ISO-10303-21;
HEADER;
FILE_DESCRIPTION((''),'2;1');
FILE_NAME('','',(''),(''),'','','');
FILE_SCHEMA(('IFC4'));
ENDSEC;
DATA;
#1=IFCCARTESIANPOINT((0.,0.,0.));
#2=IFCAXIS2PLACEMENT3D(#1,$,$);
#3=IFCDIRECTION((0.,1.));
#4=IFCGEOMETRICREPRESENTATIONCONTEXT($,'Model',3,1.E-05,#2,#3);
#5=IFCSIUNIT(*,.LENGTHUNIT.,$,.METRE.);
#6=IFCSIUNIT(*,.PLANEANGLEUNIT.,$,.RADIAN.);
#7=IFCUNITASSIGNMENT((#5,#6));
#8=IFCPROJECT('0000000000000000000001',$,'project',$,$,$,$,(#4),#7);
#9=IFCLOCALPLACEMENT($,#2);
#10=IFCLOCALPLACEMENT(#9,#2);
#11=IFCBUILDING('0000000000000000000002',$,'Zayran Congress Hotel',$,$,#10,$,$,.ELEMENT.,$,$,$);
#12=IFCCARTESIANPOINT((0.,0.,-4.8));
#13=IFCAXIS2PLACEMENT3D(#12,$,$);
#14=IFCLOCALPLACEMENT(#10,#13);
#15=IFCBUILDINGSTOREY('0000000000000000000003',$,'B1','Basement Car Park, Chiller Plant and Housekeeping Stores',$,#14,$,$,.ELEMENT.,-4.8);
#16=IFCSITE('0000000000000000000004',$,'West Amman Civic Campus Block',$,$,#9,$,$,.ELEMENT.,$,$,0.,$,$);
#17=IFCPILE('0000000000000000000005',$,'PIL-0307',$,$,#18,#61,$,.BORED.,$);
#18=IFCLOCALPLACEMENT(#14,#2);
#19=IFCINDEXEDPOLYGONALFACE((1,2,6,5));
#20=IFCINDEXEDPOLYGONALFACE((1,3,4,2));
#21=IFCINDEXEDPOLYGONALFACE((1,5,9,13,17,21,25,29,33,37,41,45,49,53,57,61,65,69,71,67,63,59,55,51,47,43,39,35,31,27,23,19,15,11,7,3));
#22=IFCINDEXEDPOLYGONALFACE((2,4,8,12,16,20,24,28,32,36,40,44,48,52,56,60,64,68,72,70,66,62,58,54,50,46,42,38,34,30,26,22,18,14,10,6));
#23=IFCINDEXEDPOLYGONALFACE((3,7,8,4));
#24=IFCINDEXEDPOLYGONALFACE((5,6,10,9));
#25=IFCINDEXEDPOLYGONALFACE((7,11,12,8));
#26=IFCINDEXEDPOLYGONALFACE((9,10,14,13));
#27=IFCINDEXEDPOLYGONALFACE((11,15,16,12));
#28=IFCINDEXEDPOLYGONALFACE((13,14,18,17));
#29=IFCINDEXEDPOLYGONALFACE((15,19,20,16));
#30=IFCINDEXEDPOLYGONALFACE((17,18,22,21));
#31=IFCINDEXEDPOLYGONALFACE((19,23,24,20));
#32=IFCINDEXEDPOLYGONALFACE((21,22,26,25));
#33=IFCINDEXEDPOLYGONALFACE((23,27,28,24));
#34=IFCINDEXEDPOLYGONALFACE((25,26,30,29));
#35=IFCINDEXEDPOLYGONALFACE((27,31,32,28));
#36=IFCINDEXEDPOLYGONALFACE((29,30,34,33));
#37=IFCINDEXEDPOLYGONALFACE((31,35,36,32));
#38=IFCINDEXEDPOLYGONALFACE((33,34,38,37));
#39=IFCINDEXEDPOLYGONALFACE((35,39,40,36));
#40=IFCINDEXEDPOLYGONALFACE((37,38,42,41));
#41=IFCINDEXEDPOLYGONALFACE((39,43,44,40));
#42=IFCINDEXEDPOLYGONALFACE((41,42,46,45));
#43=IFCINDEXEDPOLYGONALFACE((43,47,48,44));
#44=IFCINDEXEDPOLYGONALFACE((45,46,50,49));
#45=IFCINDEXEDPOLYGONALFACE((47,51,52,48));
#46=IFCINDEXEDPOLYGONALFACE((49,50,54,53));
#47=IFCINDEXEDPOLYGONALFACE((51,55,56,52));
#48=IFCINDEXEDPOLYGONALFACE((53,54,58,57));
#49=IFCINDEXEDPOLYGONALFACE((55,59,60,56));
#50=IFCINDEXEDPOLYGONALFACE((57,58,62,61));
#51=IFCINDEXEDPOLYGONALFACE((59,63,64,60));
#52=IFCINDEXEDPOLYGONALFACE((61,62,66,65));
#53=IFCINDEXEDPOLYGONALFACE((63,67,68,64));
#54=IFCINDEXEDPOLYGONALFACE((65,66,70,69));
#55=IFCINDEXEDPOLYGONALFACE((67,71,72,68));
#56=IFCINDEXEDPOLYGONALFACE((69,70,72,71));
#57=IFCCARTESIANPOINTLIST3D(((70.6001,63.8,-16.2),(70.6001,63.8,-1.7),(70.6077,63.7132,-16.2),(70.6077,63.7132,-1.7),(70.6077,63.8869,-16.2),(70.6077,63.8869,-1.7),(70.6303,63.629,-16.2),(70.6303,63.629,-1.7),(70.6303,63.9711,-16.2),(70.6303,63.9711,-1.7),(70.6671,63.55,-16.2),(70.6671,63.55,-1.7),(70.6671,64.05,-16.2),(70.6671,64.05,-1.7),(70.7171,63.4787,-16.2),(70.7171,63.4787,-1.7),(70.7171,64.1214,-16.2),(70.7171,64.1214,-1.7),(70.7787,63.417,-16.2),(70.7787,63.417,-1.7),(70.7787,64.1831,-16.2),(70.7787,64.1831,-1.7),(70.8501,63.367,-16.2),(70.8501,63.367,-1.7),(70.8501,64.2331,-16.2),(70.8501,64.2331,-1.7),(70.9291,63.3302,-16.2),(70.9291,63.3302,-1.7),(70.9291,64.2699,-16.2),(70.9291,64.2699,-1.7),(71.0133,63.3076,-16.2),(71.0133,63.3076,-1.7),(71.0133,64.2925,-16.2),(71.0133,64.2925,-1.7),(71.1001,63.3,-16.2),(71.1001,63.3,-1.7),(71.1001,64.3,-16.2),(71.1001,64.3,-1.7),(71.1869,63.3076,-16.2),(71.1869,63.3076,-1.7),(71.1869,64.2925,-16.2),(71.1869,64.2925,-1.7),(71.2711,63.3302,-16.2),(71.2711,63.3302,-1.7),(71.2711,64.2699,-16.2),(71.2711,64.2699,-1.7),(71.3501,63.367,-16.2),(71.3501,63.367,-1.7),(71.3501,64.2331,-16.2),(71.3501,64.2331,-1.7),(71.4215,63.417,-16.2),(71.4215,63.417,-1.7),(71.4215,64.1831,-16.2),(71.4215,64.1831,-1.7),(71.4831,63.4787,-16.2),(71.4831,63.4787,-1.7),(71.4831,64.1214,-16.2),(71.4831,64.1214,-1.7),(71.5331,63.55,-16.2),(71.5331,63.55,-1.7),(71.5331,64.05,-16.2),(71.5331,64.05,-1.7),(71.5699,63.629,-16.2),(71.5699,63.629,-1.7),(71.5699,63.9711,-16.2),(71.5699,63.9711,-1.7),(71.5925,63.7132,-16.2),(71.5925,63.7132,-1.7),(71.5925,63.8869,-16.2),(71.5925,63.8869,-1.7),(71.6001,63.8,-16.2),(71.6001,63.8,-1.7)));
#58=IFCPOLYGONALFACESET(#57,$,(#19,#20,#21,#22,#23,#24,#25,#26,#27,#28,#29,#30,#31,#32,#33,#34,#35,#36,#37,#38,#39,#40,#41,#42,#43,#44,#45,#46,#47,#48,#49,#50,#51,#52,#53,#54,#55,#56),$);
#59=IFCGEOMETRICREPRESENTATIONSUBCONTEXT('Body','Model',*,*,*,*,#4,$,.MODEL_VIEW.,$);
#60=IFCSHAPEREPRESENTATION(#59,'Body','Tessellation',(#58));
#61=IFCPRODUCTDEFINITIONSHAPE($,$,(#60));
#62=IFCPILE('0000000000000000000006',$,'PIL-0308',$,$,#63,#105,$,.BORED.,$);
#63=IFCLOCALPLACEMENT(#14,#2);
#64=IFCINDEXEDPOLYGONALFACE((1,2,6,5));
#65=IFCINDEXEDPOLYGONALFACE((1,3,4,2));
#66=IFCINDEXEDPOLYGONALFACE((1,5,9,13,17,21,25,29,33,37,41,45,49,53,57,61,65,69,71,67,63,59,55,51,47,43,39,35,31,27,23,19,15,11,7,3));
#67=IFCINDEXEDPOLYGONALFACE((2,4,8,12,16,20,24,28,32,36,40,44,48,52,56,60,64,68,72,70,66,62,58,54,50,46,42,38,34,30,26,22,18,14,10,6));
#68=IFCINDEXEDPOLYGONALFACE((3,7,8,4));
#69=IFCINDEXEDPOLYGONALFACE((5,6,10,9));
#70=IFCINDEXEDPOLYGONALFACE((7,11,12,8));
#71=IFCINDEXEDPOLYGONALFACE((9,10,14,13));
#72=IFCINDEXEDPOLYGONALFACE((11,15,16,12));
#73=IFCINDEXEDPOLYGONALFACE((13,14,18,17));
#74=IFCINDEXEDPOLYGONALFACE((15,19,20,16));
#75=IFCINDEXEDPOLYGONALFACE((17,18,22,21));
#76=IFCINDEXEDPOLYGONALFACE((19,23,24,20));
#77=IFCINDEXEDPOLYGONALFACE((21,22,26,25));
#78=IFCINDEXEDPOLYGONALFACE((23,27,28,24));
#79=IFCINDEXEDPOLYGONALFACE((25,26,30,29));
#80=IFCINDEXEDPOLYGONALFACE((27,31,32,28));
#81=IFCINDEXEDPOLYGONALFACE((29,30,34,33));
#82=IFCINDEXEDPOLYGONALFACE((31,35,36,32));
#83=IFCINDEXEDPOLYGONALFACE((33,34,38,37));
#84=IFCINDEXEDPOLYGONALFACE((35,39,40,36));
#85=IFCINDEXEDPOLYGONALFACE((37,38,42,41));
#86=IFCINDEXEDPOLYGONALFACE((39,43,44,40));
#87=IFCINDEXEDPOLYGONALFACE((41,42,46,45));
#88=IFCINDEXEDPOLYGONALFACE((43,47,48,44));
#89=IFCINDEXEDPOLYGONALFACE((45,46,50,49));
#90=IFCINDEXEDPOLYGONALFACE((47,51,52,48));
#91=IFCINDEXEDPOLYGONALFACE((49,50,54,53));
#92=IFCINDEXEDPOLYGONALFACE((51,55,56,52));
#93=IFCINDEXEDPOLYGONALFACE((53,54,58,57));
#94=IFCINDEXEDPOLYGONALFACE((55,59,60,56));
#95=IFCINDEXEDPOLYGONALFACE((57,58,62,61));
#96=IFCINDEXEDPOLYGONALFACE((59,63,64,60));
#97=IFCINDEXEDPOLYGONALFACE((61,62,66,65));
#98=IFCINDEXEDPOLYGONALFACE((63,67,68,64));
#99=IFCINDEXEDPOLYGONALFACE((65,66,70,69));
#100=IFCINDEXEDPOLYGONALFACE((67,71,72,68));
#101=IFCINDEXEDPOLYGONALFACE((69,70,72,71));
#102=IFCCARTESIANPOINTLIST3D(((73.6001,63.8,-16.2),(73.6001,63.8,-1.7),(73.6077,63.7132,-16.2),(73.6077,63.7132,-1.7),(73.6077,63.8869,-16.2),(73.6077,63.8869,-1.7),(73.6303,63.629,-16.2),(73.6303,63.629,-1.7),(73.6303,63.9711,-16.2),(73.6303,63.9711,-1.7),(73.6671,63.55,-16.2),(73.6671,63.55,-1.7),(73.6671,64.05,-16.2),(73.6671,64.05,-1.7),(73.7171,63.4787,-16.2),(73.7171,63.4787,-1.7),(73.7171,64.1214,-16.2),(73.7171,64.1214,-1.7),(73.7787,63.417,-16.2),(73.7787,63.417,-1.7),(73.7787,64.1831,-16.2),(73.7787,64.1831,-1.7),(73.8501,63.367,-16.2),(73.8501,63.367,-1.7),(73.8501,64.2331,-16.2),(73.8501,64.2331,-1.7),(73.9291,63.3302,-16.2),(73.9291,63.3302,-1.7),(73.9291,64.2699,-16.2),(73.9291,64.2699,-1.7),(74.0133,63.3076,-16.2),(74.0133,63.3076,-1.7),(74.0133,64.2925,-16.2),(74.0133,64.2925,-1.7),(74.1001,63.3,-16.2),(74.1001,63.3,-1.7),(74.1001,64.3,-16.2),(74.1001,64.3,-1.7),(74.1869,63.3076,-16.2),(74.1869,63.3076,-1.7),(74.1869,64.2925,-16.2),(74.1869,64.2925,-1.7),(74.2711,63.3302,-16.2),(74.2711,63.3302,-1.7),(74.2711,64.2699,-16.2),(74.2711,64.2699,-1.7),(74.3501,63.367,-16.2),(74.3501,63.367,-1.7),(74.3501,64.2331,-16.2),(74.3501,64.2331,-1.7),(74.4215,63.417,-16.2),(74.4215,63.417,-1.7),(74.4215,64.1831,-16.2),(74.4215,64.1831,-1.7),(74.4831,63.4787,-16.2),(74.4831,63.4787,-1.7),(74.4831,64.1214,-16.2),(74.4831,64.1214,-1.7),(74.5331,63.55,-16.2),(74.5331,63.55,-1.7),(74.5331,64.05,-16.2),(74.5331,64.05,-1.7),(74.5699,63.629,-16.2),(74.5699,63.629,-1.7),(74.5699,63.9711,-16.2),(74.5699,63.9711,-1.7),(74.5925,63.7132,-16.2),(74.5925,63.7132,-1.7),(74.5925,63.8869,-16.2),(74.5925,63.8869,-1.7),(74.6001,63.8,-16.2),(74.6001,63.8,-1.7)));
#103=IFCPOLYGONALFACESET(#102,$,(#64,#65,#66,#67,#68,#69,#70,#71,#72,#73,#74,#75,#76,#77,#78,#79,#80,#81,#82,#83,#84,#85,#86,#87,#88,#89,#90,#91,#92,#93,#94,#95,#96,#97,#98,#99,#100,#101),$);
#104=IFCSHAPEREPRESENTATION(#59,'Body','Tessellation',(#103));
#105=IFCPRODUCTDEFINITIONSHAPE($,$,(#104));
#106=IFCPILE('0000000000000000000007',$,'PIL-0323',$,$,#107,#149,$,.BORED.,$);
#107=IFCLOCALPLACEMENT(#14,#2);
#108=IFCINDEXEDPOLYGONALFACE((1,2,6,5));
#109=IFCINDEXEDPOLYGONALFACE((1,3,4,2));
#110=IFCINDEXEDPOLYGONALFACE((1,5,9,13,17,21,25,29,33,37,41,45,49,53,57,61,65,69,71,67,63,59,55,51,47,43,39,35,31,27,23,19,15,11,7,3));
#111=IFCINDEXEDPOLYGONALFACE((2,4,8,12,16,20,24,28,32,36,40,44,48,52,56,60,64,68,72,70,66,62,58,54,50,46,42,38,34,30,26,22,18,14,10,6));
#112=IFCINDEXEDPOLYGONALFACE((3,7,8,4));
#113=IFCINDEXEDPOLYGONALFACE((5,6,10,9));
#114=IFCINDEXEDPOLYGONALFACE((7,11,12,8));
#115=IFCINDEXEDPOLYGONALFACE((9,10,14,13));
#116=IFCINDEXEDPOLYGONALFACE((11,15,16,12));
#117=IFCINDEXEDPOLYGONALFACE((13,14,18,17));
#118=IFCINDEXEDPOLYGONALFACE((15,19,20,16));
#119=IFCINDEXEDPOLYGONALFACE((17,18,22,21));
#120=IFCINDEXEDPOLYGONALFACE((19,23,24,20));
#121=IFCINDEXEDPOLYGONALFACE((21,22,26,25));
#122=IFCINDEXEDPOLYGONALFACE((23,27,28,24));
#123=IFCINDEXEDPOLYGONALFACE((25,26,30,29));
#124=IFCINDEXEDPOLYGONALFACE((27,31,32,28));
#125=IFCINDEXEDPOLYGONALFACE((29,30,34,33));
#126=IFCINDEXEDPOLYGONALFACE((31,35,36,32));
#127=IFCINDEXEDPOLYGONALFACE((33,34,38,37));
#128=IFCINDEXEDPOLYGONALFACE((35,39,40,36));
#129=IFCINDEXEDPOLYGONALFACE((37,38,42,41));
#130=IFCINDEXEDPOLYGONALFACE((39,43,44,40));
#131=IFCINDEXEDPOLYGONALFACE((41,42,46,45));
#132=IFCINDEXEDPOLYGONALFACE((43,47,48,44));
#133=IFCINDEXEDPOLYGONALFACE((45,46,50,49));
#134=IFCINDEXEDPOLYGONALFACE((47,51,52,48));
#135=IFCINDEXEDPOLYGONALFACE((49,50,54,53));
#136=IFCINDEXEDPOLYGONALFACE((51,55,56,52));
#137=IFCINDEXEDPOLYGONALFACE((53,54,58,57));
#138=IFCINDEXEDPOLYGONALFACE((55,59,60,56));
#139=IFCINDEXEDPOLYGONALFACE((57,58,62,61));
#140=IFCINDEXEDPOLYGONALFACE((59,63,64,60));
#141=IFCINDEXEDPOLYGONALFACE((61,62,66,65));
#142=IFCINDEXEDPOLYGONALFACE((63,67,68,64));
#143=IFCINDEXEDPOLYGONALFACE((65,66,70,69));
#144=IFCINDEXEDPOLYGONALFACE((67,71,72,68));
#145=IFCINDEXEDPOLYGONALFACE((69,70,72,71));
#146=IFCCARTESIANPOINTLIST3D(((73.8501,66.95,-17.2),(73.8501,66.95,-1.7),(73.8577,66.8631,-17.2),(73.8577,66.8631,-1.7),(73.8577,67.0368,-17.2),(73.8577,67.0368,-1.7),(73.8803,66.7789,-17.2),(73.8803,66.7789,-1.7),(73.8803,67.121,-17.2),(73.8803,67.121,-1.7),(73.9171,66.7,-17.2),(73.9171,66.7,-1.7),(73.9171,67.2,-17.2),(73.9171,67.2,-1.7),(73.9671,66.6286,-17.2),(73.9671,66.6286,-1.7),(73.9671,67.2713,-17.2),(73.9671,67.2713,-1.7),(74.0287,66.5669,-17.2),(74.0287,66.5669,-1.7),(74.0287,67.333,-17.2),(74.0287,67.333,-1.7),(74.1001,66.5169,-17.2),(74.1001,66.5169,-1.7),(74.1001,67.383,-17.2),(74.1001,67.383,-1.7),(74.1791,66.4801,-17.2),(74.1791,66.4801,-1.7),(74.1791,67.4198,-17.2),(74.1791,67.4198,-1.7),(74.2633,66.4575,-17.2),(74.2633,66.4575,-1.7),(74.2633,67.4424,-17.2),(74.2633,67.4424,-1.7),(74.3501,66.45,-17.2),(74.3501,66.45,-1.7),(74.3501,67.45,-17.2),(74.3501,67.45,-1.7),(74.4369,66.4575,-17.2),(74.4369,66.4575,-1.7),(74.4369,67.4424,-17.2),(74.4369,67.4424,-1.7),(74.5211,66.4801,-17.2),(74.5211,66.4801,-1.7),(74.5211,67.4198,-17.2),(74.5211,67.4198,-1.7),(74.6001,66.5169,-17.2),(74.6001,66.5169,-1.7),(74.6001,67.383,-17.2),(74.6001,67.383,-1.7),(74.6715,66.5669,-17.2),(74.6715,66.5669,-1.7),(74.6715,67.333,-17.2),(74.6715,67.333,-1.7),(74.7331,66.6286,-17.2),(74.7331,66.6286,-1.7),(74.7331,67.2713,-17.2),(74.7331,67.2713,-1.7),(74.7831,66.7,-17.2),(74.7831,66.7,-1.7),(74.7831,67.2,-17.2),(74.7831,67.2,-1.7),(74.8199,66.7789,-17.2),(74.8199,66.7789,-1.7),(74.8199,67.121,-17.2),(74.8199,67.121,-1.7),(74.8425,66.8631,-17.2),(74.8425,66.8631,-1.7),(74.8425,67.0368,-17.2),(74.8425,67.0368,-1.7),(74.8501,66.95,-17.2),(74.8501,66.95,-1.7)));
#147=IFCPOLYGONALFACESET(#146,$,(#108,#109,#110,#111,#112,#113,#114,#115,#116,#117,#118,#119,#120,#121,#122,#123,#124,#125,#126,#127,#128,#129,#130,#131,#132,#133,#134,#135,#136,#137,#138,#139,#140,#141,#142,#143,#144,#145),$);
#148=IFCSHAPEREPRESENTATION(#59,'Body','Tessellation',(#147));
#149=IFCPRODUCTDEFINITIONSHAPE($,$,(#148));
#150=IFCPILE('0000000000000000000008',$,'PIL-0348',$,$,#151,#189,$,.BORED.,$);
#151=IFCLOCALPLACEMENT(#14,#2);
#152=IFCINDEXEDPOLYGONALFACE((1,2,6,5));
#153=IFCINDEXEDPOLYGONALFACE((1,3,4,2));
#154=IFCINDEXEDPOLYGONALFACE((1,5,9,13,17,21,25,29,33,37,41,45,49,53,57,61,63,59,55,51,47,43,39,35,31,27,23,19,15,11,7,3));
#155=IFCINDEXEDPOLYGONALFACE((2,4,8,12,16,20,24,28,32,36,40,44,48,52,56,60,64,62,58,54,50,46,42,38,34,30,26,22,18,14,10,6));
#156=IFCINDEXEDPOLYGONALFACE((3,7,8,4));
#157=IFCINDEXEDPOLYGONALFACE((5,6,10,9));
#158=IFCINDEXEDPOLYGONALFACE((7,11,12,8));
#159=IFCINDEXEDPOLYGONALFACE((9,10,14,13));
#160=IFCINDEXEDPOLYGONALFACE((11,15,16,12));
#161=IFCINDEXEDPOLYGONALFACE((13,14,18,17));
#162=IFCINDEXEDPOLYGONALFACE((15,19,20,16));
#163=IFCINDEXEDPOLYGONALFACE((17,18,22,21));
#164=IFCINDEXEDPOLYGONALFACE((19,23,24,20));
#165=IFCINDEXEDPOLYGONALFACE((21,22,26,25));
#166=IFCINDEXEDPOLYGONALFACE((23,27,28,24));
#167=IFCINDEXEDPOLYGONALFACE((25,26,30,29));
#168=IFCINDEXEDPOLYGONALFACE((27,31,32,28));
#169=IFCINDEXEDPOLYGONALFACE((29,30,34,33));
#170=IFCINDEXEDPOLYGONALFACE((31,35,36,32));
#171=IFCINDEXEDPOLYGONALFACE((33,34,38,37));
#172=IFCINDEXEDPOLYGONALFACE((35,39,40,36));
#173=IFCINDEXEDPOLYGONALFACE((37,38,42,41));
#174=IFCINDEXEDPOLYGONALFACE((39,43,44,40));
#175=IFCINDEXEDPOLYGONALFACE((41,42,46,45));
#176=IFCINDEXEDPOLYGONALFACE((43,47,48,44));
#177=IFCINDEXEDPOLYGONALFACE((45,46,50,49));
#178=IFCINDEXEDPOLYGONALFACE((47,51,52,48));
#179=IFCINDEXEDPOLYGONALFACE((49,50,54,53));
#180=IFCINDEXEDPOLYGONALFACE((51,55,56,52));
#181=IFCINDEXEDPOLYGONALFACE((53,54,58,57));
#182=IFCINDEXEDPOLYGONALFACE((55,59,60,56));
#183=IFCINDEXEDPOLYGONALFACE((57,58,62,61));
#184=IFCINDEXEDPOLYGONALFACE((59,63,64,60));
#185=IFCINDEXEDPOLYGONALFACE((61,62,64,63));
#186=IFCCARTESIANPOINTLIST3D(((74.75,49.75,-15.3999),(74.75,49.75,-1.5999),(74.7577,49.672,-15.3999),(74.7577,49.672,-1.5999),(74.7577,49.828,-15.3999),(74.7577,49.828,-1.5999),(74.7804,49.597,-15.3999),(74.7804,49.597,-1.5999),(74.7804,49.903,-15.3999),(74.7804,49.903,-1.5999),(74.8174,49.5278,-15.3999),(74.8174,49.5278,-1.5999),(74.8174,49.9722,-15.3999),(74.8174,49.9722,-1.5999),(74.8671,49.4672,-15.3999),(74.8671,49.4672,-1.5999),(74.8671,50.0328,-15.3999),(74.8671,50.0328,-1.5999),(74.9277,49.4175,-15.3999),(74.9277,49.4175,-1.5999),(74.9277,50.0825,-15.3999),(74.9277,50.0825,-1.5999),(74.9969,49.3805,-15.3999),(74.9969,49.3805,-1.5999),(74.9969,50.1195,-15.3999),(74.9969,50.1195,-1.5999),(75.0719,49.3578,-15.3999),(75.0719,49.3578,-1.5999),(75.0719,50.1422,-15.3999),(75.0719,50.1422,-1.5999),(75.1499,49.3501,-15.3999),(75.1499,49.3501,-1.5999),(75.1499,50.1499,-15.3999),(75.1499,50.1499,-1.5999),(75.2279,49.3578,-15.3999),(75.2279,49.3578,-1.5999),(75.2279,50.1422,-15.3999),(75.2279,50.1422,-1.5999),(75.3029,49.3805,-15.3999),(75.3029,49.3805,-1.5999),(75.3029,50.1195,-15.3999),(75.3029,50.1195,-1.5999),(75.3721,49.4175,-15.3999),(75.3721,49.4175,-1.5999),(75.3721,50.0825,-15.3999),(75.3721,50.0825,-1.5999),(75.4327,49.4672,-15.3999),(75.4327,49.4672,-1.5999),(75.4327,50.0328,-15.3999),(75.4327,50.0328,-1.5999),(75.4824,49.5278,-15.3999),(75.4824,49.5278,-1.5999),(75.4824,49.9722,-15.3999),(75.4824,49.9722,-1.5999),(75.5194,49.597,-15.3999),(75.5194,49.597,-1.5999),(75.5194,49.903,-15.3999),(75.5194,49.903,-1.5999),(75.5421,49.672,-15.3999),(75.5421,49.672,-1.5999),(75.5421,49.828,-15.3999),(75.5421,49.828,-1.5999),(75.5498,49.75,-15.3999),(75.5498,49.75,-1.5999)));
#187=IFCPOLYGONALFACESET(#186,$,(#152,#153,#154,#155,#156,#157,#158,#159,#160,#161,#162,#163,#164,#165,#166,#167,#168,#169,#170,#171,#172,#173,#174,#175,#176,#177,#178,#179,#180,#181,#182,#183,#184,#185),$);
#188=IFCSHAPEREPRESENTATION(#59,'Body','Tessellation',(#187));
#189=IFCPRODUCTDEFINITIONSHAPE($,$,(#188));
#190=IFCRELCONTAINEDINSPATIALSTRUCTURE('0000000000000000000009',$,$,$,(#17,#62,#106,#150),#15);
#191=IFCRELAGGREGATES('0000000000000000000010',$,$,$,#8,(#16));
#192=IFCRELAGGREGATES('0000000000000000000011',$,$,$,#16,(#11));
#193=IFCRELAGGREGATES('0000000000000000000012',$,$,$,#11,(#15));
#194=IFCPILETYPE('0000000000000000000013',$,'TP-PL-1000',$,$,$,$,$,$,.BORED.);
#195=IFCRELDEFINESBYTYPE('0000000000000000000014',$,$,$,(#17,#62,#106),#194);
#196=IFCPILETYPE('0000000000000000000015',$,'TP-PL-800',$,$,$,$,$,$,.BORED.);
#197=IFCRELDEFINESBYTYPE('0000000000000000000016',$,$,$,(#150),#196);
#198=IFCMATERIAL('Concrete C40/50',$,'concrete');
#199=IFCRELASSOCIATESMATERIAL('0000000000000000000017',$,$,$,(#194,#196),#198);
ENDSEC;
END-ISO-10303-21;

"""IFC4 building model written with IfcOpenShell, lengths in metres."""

from ifc_helpers import new_model, si_unit, direction, frame, origin, origin_2d, place, context, subcontext, project, spatial, circle, extrude, material, material_profile, profile_set, type_object, element, save


model = new_model("IFC4")

# Units and contexts
model_context = context("Model", 3, precision=1e-05, world=origin(), true_north=direction((0.0, 1.0)))
body_context = subcontext(model_context, "Body", "Model", "MODEL_VIEW")
ifc_project = project(units=[si_unit("LENGTHUNIT", "METRE"), si_unit("PLANEANGLEUNIT", "RADIAN")], contexts=[model_context])

# Site, building, storey
site_placement = place(None, origin())
site = spatial("IfcSite", under=ifc_project, at=site_placement, Name="West Amman Civic Campus Block", CompositionType="ELEMENT", RefElevation=0.0)
building_placement = place(site_placement, origin())
building = spatial("IfcBuilding", under=site, at=building_placement, Name="Zayran Congress Hotel", CompositionType="ELEMENT")
storey_placement = place(building_placement, frame((0.0, 0.0, -4.8)))
storey = spatial("IfcBuildingStorey", under=building, at=storey_placement, Name="B1", Description="Basement Car Park, Chiller Plant and Housekeeping Stores", CompositionType="ELEMENT", Elevation=-4.8)

# Piles
ifc_material_1 = material(Name="Concrete C40/50", Category="concrete")
ifc_material_profile_1 = material_profile(ifc_material_1, circle(Radius=0.5, at=origin_2d()), Name="PILE D1000")
ifc_profile_set_1 = profile_set([ifc_material_profile_1], Name="Concrete C40/50")
pile_type_1 = type_object("IfcPileType", Name="TP-PL-1000", PredefinedType="BORED", material=ifc_profile_set_1)
for number, where, z_axis, x_axis, name in (
    (1, (71.1001, 63.8, -1.7), (0.0, 0.0, -1.0), (1.0, 0.0, 0.0), "PIL-0307"),
    (2, (74.1001, 63.8, -1.7), (0.0, 0.0, -1.0), (1.0, 0.0, 0.0), "PIL-0308"),
):
    element("IfcPile", number, at=place(storey_placement, frame(where, z_axis=z_axis, x_axis=x_axis)), inside=storey, type_object=pile_type_1, Name=name, PredefinedType="BORED", context=body_context, shape_type="SweptSolid", body=[
        extrude(circle(Radius=0.5, at=origin_2d()), origin(), (0.0, 0.0, 1.0), 14.5),
    ])
pile_1_placement = place(storey_placement, frame((74.3501, 66.95, -1.7), z_axis=(0.0, 0.0, -1.0), x_axis=(1.0, 0.0, 0.0)))
element("IfcPile", 3, at=pile_1_placement, inside=storey, type_object=pile_type_1, Name="PIL-0323", PredefinedType="BORED", context=body_context, shape_type="SweptSolid", body=[
    extrude(circle(Radius=0.5, at=origin_2d()), origin(), (0.0, 0.0, 1.0), 15.5),
])
ifc_material_profile_2 = material_profile(ifc_material_1, circle(Radius=0.3999, at=origin_2d()), Name="PILE D800")
ifc_profile_set_2 = profile_set([ifc_material_profile_2], Name="Concrete C40/50")
pile_type_2 = type_object("IfcPileType", Name="TP-PL-800", PredefinedType="BORED", material=ifc_profile_set_2)
for number, where, z_axis, x_axis, name in (
    (4, (75.1499, 49.75, -1.5999), (0.0, 0.0, -1.0), (1.0, 0.0, 0.0), "PIL-0348"),
):
    element("IfcPile", number, at=place(storey_placement, frame(where, z_axis=z_axis, x_axis=x_axis)), inside=storey, type_object=pile_type_2, Name=name, PredefinedType="BORED", context=body_context, shape_type="SweptSolid", body=[
        extrude(circle(Radius=0.3999, at=origin_2d()), origin(), (0.0, 0.0, 1.0), 13.8),
    ])

save(model, "model.ifc")
